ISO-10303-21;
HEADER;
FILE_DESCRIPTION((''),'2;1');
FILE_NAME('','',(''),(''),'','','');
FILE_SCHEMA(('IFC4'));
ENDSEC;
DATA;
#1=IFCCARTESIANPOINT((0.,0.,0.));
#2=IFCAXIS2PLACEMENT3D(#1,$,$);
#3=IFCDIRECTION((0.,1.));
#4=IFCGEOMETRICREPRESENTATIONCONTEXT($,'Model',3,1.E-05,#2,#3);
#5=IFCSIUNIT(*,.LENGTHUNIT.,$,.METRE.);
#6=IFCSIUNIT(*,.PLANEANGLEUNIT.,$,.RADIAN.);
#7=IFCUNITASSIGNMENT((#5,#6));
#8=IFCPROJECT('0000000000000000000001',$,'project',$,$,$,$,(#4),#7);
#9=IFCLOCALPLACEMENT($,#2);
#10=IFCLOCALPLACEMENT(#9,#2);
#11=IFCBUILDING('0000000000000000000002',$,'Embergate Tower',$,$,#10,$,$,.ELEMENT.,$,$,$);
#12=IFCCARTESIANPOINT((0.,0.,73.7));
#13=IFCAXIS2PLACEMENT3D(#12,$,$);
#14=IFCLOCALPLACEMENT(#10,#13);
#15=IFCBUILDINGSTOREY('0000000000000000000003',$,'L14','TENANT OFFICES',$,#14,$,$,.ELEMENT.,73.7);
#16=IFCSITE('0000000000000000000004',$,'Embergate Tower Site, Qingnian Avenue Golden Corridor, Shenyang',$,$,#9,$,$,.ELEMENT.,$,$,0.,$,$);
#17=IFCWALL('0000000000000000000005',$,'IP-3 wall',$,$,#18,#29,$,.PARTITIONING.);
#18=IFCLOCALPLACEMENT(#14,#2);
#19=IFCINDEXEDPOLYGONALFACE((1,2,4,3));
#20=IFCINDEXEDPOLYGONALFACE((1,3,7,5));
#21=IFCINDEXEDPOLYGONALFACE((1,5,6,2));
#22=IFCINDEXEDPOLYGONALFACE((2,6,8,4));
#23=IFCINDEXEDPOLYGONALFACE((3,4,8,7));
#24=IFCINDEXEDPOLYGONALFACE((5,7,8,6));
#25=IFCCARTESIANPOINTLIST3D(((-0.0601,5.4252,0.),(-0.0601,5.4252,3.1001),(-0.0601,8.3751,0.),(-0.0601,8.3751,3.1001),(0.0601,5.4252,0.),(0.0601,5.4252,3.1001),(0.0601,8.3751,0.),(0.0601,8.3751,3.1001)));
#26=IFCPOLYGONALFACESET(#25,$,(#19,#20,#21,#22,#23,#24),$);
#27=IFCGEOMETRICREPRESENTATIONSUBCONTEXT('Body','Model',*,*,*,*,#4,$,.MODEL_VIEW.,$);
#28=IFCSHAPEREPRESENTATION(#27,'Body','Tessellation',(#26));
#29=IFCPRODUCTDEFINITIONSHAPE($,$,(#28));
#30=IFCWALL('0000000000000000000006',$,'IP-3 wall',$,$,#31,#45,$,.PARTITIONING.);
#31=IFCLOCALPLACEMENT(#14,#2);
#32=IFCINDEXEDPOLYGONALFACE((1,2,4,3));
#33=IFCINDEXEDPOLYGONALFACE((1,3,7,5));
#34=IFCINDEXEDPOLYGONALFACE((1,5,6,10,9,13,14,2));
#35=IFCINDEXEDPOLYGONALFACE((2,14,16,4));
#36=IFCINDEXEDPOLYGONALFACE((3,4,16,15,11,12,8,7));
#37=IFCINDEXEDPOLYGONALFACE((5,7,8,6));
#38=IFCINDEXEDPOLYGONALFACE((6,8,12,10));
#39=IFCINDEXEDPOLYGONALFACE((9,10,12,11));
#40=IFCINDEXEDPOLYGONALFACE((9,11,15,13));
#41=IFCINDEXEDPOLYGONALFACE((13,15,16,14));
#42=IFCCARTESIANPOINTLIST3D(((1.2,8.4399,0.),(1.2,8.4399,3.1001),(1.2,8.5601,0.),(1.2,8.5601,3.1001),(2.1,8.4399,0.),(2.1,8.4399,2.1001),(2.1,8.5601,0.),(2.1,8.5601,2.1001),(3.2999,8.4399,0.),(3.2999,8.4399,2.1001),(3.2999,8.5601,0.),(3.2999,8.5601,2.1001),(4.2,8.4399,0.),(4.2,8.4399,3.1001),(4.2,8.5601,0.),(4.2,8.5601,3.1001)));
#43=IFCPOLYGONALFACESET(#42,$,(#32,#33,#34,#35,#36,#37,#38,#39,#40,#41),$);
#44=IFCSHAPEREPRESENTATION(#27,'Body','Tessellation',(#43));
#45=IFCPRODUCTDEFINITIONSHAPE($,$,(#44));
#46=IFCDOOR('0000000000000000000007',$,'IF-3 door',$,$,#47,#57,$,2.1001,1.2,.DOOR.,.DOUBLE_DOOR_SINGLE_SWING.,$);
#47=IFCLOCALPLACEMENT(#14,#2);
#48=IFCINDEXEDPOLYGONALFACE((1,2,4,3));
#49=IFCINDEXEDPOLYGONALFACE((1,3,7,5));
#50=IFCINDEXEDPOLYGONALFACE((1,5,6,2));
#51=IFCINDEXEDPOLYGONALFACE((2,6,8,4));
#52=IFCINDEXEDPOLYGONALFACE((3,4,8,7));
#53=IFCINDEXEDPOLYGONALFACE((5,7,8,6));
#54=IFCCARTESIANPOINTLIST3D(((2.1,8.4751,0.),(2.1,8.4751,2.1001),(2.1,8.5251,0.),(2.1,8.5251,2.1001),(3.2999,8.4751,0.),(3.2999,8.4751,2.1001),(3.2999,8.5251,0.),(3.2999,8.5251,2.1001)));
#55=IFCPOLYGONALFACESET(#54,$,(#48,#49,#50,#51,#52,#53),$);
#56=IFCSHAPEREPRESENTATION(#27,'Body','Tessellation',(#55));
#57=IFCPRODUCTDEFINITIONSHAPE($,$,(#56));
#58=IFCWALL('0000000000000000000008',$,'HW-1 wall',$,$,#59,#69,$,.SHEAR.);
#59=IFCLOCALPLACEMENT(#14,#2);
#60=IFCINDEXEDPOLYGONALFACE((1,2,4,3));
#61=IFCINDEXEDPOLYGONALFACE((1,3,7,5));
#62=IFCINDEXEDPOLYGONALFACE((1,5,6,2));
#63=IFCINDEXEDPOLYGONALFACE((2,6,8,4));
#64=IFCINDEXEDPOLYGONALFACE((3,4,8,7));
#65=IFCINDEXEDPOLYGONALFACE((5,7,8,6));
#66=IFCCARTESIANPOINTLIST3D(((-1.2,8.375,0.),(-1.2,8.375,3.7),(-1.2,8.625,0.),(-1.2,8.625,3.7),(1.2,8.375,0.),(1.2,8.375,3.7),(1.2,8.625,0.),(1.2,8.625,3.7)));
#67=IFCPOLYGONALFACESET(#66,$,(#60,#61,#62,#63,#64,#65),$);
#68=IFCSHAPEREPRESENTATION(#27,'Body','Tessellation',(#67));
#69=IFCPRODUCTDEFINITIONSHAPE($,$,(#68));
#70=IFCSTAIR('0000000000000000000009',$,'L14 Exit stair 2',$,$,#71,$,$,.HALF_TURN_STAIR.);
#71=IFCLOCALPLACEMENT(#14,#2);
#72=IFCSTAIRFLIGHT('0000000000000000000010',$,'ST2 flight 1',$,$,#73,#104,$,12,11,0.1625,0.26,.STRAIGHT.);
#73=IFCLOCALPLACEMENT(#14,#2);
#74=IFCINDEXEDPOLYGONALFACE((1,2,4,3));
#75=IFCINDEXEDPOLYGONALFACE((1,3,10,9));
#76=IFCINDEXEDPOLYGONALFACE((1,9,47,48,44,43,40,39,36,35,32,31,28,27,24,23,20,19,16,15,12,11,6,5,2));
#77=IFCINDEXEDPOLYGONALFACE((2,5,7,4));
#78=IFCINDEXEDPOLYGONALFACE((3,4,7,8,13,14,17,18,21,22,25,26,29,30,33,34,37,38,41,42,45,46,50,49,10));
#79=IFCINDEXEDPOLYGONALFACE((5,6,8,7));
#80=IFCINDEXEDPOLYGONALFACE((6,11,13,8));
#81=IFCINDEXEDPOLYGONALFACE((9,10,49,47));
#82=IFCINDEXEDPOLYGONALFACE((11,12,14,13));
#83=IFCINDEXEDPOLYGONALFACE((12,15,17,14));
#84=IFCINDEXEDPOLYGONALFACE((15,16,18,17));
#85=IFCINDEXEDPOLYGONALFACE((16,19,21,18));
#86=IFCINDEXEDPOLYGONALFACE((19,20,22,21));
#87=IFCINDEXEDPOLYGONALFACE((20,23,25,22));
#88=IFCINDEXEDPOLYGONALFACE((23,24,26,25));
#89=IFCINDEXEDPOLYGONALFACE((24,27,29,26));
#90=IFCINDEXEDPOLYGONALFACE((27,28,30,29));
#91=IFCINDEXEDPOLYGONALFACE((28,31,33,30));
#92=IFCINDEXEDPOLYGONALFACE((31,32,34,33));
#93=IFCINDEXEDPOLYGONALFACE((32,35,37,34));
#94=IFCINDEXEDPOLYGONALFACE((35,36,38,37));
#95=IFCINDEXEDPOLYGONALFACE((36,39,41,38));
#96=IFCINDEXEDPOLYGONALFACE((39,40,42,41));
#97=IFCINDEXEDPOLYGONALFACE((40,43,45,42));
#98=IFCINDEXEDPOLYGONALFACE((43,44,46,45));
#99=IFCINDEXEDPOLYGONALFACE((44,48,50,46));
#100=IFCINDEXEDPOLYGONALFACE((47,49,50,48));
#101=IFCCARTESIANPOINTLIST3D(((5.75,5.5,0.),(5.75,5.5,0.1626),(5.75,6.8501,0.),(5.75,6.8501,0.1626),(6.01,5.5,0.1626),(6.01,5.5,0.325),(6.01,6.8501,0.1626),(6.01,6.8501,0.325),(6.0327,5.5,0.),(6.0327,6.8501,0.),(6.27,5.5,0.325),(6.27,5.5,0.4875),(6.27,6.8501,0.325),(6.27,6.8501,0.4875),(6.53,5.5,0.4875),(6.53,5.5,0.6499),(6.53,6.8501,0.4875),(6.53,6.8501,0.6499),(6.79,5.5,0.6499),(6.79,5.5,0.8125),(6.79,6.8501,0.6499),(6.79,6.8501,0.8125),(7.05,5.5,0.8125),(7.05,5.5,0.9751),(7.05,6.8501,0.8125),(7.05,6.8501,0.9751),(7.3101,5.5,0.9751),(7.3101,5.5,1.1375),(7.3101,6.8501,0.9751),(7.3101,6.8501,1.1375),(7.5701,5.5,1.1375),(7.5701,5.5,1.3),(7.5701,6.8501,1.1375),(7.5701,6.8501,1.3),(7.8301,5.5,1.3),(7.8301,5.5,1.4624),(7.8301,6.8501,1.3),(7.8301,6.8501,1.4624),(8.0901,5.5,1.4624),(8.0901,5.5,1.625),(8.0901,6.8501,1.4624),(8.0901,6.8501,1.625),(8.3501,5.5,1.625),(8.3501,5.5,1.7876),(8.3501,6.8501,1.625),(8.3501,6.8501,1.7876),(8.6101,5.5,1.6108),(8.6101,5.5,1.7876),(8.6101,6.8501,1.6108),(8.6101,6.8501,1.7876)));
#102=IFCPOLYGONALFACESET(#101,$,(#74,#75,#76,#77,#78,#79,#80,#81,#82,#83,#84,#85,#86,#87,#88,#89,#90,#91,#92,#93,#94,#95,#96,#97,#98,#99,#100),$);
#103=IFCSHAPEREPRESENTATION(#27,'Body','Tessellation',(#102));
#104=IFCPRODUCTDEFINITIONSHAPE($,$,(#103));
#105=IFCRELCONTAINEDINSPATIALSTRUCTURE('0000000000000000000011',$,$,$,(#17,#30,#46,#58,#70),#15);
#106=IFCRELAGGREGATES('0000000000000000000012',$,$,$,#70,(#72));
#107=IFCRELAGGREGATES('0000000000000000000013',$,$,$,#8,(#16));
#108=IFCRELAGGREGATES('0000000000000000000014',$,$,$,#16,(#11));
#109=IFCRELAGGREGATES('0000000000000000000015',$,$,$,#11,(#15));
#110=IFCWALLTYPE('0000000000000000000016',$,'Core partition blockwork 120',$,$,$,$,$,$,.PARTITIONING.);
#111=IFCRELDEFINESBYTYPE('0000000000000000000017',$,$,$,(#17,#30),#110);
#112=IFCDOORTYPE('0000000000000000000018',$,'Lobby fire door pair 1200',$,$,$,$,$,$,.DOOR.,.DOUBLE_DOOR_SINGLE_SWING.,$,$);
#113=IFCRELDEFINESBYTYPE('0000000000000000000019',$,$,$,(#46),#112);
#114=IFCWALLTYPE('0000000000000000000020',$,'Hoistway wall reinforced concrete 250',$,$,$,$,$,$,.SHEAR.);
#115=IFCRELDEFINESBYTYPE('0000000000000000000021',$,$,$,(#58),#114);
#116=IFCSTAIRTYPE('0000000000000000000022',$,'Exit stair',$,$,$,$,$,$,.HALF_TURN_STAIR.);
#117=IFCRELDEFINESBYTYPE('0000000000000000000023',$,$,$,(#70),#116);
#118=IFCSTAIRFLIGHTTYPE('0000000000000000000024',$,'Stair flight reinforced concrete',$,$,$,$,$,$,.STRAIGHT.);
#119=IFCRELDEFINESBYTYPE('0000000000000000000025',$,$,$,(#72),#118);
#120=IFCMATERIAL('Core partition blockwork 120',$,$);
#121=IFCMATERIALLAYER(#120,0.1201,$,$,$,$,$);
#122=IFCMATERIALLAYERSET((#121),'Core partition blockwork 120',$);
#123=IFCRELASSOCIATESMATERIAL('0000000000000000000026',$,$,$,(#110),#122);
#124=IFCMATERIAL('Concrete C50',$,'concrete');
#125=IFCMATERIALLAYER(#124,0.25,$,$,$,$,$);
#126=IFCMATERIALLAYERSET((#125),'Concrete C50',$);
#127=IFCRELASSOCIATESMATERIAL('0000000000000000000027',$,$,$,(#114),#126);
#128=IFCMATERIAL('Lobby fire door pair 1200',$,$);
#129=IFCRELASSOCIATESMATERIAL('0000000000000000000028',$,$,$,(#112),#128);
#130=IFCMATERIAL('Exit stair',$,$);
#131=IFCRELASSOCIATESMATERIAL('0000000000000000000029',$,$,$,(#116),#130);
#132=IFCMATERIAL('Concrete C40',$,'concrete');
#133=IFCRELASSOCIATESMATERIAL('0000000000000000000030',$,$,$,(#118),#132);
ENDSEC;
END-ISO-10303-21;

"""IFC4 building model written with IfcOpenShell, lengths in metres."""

from ifc_helpers import new_model, si_unit, direction, frame, frame_2d, origin, place, context, subcontext, project, spatial, polyline, rectangle, outline, extrude, source, transform, mapped, material, layer, layer_set, type_object, element, fill, aggregate, save


model = new_model("IFC4")

# Units and contexts
model_context = context("Model", 3, precision=1e-05, world=origin(), true_north=direction((0.0, 1.0)))
body_context = subcontext(model_context, "Body", "Model", "MODEL_VIEW")
ifc_project = project(units=[si_unit("LENGTHUNIT", "METRE"), si_unit("PLANEANGLEUNIT", "RADIAN")], contexts=[model_context])

# Site, building, storey
site_placement = place(None, origin())
site = spatial("IfcSite", under=ifc_project, at=site_placement, Name="Embergate Tower Site, Qingnian Avenue Golden Corridor, Shenyang", CompositionType="ELEMENT", RefElevation=0.0)
building_placement = place(site_placement, origin())
building = spatial("IfcBuilding", under=site, at=building_placement, Name="Embergate Tower", CompositionType="ELEMENT")
storey_placement = place(building_placement, frame((0.0, 0.0, 73.7)))
storey = spatial("IfcBuildingStorey", under=building, at=storey_placement, Name="L14", Description="TENANT OFFICES", CompositionType="ELEMENT", Elevation=73.7)

# Shared definitions
ifc_material_1 = material(Name="Core partition blockwork 120")
ifc_layer_1 = layer(ifc_material_1, 0.1201)
ifc_layer_set_1 = layer_set([ifc_layer_1], Name="Core partition blockwork 120")
wall_type_1 = type_object("IfcWallType", Name="Core partition blockwork 120", PredefinedType="PARTITIONING", material=ifc_layer_set_1)

# Shared definitions
ifc_material_2 = material(Name="Concrete C50", Category="concrete")
ifc_layer_2 = layer(ifc_material_2, 0.25)
ifc_layer_set_2 = layer_set([ifc_layer_2], Name="Concrete C50")
wall_type_2 = type_object("IfcWallType", Name="Hoistway wall reinforced concrete 250", PredefinedType="SHEAR", material=ifc_layer_set_2)

# Shared definitions
shared_shape_1 = source(origin(), body_context, "Body", "SweptSolid", [
    extrude(rectangle(XDim=1.2, YDim=2.1001, at=frame_2d((0.6001, 1.05))), frame((0.0, 0.0249, 0.0), z_axis=(0.0, -1.0, 0.0), x_axis=(1.0, 0.0, 0.0)), (0.0, 0.0, 1.0), 0.05),
])

# Wall
shared_shape_2 = source(origin(), body_context, "Body", "SweptSolid", [
    extrude(rectangle(XDim=2.95, YDim=0.1201, at=frame_2d((1.4751, 0.0))), origin(), (0.0, 0.0, 1.0), 3.1001),
])
wall_1_placement = place(storey_placement, frame((0.0, 5.425, 0.0), z_axis=(0.0, 0.0, 1.0), x_axis=(0.0, 1.0, 0.0)))
element("IfcWall", 1, at=wall_1_placement, inside=storey, type_object=wall_type_1, Name="IP-3 wall", PredefinedType="PARTITIONING", context=body_context, shape_type="MappedRepresentation", body=[
    mapped(shared_shape_2, transform((0.0, 0.0, 0.0))),
])

# Wall, opening, door
shared_shape_3 = source(origin(), body_context, "Body", "SweptSolid", [
    extrude(rectangle(XDim=3.0, YDim=0.1201, at=frame_2d((1.5, 0.0))), origin(), (0.0, 0.0, 1.0), 3.1001),
])
wall_2_placement = place(storey_placement, frame((4.2, 8.5, 0.0), z_axis=(0.0, 0.0, 1.0), x_axis=(-1.0, 0.0, 0.0)))
wall_2 = element("IfcWall", 2, at=wall_2_placement, inside=storey, type_object=wall_type_1, Name="IP-3 wall", PredefinedType="PARTITIONING", context=body_context, shape_type="MappedRepresentation", body=[
    mapped(shared_shape_3, transform((0.0, 0.0, 0.0))),
])
shared_shape_4 = source(origin(), body_context, "Body", "SweptSolid", [
    extrude(rectangle(XDim=1.2, YDim=2.1001, at=frame_2d((0.6001, 1.05))), frame((0.0, 0.0701, 0.0), z_axis=(0.0, -1.0, 0.0), x_axis=(1.0, 0.0, 0.0)), (0.0, 0.0, 1.0), 0.1401),
])
opening_1_placement = place(wall_2_placement, frame((0.8999, 0.0, 0.0)))
opening_1 = element("IfcOpeningElement", 3, at=opening_1_placement, cuts=wall_2, PredefinedType="OPENING", context=body_context, shape_type="MappedRepresentation", body=[
    mapped(shared_shape_4, transform((0.0, 0.0, 0.0))),
])
ifc_material_3 = material(Name="Lobby fire door pair 1200")
door_type_1 = type_object("IfcDoorType", Name="Lobby fire door pair 1200", OperationType="DOUBLE_DOOR_SINGLE_SWING", PredefinedType="DOOR", material=ifc_material_3)
door_1_placement = place(opening_1_placement, origin())
door_1 = element("IfcDoor", 4, at=door_1_placement, inside=storey, type_object=door_type_1, Name="IF-3 door", OperationType="DOUBLE_DOOR_SINGLE_SWING", OverallHeight=2.1001, OverallWidth=1.2, PredefinedType="DOOR", context=body_context, shape_type="MappedRepresentation", body=[
    mapped(shared_shape_1, transform((0.0, 0.0, 0.0))),
])
fill(opening_1, door_1)

# Wall
shared_shape_5 = source(origin(), body_context, "Body", "SweptSolid", [
    extrude(rectangle(XDim=2.3999, YDim=0.25, at=frame_2d((1.2, 0.0))), origin(), (0.0, 0.0, 1.0), 3.7),
])
wall_3_placement = place(storey_placement, frame((1.2, 8.5, 0.0), z_axis=(0.0, 0.0, 1.0), x_axis=(-1.0, 0.0, 0.0)))
element("IfcWall", 5, at=wall_3_placement, inside=storey, type_object=wall_type_2, Name="HW-1 wall", PredefinedType="SHEAR", context=body_context, shape_type="MappedRepresentation", body=[
    mapped(shared_shape_5, transform((0.0, 0.0, 0.0))),
])

# Stair, stair flight
ifc_material_4 = material(Name="Exit stair")
stair_type = type_object("IfcStairType", Name="Exit stair", PredefinedType="HALF_TURN_STAIR", material=ifc_material_4)
stair_placement = place(storey_placement, origin())
stair = element("IfcStair", 6, at=stair_placement, inside=storey, type_object=stair_type, Name="L14 Exit stair 2", PredefinedType="HALF_TURN_STAIR")
ifc_material_5 = material(Name="Concrete C40", Category="concrete")
stair_flight_type = type_object("IfcStairFlightType", Name="Stair flight reinforced concrete", PredefinedType="STRAIGHT", material=ifc_material_5)
shared_shape_6 = source(origin(), body_context, "Body", "SweptSolid", [
    extrude(outline(polyline([(0.0, 0.0), (0.0, 0.1626), (0.26, 0.1626), (0.26, 0.325), (0.52, 0.325), (0.52, 0.4875), (0.78, 0.4875), (0.78, 0.6499), (1.04, 0.6499), (1.04, 0.8125), (1.3, 0.8125), (1.3, 0.9751), (1.5601, 0.9751), (1.5601, 1.1375), (1.8201, 1.1375), (1.8201, 1.3), (2.0801, 1.3), (2.0801, 1.4624), (2.3401, 1.4624), (2.3401, 1.625), (2.6001, 1.625), (2.6001, 1.7876), (2.8601, 1.7876), (2.8601, 1.95), (2.8601, 1.6108), (0.2827, 0.0), (0.0, 0.0)])), frame((0.0, 0.675, 0.0), z_axis=(0.0, -1.0, 0.0), x_axis=(1.0, 0.0, 0.0)), (0.0, 0.0, 1.0), 1.3501),
])
stair_flight_placement = place(storey_placement, frame((5.75, 6.175, 0.0), z_axis=(0.0, 0.0, 1.0), x_axis=(1.0, 0.0, 0.0)))
stair_flight = element("IfcStairFlight", 7, at=stair_flight_placement, type_object=stair_flight_type, Name="ST2 flight 1", NumberOfRisers=12, NumberOfTreads=11, PredefinedType="STRAIGHT", RiserHeight=0.1625, TreadLength=0.26, context=body_context, shape_type="MappedRepresentation", body=[
    mapped(shared_shape_6, transform((0.0, 0.0, 0.0))),
])
aggregate(stair, [stair_flight])

save(model, "model.ifc")
